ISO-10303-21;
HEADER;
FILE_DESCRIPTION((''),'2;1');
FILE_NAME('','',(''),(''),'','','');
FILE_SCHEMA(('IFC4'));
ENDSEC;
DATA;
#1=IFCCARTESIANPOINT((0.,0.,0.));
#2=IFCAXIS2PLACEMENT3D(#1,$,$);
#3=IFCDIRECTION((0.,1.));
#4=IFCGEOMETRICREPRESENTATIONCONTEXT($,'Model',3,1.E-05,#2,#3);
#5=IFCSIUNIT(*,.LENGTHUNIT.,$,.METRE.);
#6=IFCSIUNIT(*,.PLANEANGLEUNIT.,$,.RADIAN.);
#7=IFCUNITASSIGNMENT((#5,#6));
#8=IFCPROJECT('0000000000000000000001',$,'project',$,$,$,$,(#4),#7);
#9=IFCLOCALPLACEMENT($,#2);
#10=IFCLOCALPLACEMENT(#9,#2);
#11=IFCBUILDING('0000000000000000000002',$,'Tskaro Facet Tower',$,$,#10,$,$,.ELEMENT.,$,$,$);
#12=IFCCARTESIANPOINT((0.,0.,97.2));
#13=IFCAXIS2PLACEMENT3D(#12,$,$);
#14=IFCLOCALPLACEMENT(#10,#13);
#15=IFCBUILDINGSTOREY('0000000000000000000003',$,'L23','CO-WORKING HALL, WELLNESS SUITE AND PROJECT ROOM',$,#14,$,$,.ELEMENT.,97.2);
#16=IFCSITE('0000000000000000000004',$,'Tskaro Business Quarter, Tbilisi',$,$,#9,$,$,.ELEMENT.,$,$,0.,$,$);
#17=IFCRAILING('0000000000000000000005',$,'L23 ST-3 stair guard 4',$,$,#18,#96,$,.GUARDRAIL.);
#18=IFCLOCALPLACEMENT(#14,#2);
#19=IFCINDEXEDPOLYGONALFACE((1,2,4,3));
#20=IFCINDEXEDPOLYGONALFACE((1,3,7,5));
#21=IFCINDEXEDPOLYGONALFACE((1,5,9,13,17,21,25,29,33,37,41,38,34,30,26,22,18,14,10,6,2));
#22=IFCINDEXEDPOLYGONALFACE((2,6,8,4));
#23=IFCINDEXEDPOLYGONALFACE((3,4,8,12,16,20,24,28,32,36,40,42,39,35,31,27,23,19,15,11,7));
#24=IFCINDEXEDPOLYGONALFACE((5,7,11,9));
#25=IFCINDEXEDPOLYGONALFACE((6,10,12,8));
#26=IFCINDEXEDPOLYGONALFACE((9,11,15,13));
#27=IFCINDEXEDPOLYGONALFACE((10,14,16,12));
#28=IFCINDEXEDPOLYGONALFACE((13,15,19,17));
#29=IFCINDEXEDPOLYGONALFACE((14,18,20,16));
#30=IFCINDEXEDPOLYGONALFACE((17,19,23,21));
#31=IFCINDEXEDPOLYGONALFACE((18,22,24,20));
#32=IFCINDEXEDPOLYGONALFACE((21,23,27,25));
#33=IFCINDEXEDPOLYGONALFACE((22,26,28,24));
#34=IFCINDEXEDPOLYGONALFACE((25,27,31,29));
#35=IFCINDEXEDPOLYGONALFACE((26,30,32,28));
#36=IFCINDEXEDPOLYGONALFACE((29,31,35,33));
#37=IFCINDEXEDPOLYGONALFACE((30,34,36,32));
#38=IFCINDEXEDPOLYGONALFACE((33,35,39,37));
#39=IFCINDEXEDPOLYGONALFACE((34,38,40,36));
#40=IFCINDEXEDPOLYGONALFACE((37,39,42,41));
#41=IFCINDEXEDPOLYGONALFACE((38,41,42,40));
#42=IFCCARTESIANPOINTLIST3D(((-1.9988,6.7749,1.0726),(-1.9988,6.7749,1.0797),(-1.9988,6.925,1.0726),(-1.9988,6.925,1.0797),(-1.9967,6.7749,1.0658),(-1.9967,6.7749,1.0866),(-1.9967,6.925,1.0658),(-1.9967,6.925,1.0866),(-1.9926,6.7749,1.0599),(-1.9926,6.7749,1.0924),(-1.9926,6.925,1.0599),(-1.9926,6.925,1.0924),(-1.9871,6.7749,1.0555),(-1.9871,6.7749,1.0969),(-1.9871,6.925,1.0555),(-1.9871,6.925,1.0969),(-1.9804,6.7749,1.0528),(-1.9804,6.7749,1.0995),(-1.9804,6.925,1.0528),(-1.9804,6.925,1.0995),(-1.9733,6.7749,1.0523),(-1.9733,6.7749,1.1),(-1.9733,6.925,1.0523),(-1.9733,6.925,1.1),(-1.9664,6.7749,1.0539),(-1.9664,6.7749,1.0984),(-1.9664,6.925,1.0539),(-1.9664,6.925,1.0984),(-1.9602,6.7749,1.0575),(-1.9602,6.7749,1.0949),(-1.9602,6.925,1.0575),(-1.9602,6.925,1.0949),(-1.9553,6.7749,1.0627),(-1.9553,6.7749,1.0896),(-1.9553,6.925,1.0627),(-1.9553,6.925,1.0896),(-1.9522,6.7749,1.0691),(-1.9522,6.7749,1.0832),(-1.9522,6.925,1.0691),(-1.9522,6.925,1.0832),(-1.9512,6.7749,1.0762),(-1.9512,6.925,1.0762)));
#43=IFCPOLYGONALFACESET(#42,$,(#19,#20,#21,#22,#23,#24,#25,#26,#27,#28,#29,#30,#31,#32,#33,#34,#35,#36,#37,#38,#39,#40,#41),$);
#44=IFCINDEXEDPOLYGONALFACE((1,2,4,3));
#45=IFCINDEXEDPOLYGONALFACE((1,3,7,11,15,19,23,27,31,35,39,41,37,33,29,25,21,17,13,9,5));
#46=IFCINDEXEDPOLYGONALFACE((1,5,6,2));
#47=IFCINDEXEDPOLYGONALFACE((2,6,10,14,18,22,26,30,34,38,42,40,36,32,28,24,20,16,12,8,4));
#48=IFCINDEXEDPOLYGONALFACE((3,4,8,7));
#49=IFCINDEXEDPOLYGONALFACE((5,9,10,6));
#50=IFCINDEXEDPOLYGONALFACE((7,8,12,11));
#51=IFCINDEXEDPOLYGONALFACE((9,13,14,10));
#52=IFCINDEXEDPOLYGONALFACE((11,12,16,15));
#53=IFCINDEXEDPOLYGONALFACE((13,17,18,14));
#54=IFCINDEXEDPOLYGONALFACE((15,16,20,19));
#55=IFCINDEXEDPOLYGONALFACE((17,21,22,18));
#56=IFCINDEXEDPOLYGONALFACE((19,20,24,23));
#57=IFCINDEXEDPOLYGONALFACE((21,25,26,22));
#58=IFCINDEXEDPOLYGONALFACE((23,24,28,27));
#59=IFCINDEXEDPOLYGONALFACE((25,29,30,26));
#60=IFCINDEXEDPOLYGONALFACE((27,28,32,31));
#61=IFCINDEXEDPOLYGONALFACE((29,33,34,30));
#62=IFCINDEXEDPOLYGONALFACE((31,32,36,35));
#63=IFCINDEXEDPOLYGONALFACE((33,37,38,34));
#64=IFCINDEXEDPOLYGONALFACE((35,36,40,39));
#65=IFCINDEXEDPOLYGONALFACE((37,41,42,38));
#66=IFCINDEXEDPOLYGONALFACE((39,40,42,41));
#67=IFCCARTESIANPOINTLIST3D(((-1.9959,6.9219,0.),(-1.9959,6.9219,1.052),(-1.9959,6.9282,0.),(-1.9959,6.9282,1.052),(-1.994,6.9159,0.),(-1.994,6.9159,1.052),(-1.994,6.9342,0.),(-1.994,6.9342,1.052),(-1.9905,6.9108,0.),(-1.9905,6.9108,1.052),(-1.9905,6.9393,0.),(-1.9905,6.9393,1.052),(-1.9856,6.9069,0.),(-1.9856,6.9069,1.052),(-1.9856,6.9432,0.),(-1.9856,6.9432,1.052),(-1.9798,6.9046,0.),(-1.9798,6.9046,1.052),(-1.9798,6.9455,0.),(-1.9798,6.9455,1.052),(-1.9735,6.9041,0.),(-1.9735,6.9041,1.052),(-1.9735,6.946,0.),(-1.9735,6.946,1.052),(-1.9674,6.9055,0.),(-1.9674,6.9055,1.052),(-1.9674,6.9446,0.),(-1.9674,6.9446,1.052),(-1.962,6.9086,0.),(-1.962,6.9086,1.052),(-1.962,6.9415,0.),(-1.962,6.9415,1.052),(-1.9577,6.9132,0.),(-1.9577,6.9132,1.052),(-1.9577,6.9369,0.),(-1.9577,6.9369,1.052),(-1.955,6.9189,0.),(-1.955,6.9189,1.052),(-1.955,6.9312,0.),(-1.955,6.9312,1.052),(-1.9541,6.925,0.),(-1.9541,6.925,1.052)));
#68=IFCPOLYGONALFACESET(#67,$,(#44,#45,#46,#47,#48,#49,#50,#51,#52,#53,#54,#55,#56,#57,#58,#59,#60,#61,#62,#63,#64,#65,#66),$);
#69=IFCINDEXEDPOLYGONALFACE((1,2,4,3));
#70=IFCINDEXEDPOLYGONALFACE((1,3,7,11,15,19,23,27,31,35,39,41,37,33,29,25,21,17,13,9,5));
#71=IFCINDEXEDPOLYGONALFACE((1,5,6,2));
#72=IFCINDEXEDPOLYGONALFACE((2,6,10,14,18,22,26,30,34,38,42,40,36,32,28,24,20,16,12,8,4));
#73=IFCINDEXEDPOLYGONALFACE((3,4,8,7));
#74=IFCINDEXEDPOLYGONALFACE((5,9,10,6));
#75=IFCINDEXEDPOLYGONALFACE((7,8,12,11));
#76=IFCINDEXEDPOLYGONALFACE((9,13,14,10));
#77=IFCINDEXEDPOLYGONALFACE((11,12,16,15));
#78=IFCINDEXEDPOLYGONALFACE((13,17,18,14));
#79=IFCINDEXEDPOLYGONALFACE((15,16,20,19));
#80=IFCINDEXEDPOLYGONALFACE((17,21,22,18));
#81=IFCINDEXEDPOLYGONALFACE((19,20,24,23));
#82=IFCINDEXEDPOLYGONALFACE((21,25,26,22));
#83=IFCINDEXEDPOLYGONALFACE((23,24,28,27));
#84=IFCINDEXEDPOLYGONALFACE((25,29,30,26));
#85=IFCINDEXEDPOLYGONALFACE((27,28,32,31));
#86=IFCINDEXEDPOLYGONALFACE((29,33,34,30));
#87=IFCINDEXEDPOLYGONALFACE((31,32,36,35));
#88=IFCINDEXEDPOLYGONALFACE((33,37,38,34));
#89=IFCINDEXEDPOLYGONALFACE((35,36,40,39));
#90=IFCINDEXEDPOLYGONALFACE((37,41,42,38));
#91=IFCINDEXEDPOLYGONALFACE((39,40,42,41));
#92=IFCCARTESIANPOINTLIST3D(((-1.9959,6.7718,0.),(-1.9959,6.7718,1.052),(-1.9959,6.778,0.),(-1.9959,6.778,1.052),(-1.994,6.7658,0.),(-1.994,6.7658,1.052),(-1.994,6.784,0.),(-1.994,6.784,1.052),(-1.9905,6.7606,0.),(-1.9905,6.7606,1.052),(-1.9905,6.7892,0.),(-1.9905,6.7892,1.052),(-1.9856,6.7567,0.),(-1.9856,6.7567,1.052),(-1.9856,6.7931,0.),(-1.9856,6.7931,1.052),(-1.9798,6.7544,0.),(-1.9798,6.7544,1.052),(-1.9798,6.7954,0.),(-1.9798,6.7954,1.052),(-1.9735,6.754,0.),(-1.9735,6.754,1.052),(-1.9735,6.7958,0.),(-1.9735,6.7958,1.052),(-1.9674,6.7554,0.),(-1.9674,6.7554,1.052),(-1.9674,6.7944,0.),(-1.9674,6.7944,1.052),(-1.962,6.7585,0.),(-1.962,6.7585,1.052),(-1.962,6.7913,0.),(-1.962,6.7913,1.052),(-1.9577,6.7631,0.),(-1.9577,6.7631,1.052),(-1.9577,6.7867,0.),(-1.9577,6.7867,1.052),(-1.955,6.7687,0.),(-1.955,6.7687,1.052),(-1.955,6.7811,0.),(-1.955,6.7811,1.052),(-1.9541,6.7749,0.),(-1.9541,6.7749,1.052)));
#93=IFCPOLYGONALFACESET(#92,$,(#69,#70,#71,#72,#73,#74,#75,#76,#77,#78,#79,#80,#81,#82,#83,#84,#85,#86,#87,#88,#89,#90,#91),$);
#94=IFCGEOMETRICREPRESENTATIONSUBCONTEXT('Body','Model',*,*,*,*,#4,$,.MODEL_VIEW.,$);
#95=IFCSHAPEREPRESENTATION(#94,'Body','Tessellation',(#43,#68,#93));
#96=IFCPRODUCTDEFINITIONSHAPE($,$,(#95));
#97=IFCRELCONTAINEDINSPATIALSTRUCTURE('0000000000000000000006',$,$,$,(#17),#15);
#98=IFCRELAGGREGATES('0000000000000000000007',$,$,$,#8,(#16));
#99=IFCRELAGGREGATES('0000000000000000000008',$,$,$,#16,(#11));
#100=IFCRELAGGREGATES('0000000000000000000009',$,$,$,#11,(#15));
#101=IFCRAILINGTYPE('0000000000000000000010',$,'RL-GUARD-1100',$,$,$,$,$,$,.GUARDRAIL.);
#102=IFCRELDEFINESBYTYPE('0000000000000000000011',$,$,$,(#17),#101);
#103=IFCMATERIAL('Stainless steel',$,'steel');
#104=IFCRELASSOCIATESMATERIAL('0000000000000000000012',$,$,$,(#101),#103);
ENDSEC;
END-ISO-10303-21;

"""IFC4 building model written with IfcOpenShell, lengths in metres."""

from ifc_helpers import new_model, si_unit, direction, frame, origin, origin_2d, place, context, subcontext, project, spatial, circle, extrude, material, type_object, element, save


model = new_model("IFC4")

# Units and contexts
model_context = context("Model", 3, precision=1e-05, world=origin(), true_north=direction((0.0, 1.0)))
body_context = subcontext(model_context, "Body", "Model", "MODEL_VIEW")
ifc_project = project(units=[si_unit("LENGTHUNIT", "METRE"), si_unit("PLANEANGLEUNIT", "RADIAN")], contexts=[model_context])

# Site, building, storey
site_placement = place(None, origin())
site = spatial("IfcSite", under=ifc_project, at=site_placement, Name="Tskaro Business Quarter, Tbilisi", CompositionType="ELEMENT", RefElevation=0.0)
building_placement = place(site_placement, origin())
building = spatial("IfcBuilding", under=site, at=building_placement, Name="Tskaro Facet Tower", CompositionType="ELEMENT")
storey_placement = place(building_placement, frame((0.0, 0.0, 97.2)))
storey = spatial("IfcBuildingStorey", under=building, at=storey_placement, Name="L23", Description="CO-WORKING HALL, WELLNESS SUITE AND PROJECT ROOM", CompositionType="ELEMENT", Elevation=97.2)

# Railing
ifc_material_1 = material(Name="Stainless steel", Category="steel")
railing_type_1 = type_object("IfcRailingType", Name="RL-GUARD-1100", PredefinedType="GUARDRAIL", material=ifc_material_1)
railing_1_placement = place(storey_placement, frame((-1.9751, 6.925, 0.0)))
element("IfcRailing", 1, at=railing_1_placement, inside=storey, type_object=railing_type_1, Name="L23 ST-3 stair guard 4", PredefinedType="GUARDRAIL", context=body_context, shape_type="SweptSolid", body=[
    extrude(circle(Radius=0.0239, at=origin_2d()), frame((0.0, 0.0, 1.0762), z_axis=(0.0, -1.0, 0.0), x_axis=(1.0, 0.0, 0.0)), (0.0, 0.0, 1.0), 0.1501),
    extrude(circle(Radius=0.021, at=origin_2d()), origin(), (0.0, 0.0, 1.0), 1.052),
    extrude(circle(Radius=0.021, at=origin_2d()), frame((0.0, -0.1501, 0.0)), (0.0, 0.0, 1.0), 1.052),
])

save(model, "model.ifc")
